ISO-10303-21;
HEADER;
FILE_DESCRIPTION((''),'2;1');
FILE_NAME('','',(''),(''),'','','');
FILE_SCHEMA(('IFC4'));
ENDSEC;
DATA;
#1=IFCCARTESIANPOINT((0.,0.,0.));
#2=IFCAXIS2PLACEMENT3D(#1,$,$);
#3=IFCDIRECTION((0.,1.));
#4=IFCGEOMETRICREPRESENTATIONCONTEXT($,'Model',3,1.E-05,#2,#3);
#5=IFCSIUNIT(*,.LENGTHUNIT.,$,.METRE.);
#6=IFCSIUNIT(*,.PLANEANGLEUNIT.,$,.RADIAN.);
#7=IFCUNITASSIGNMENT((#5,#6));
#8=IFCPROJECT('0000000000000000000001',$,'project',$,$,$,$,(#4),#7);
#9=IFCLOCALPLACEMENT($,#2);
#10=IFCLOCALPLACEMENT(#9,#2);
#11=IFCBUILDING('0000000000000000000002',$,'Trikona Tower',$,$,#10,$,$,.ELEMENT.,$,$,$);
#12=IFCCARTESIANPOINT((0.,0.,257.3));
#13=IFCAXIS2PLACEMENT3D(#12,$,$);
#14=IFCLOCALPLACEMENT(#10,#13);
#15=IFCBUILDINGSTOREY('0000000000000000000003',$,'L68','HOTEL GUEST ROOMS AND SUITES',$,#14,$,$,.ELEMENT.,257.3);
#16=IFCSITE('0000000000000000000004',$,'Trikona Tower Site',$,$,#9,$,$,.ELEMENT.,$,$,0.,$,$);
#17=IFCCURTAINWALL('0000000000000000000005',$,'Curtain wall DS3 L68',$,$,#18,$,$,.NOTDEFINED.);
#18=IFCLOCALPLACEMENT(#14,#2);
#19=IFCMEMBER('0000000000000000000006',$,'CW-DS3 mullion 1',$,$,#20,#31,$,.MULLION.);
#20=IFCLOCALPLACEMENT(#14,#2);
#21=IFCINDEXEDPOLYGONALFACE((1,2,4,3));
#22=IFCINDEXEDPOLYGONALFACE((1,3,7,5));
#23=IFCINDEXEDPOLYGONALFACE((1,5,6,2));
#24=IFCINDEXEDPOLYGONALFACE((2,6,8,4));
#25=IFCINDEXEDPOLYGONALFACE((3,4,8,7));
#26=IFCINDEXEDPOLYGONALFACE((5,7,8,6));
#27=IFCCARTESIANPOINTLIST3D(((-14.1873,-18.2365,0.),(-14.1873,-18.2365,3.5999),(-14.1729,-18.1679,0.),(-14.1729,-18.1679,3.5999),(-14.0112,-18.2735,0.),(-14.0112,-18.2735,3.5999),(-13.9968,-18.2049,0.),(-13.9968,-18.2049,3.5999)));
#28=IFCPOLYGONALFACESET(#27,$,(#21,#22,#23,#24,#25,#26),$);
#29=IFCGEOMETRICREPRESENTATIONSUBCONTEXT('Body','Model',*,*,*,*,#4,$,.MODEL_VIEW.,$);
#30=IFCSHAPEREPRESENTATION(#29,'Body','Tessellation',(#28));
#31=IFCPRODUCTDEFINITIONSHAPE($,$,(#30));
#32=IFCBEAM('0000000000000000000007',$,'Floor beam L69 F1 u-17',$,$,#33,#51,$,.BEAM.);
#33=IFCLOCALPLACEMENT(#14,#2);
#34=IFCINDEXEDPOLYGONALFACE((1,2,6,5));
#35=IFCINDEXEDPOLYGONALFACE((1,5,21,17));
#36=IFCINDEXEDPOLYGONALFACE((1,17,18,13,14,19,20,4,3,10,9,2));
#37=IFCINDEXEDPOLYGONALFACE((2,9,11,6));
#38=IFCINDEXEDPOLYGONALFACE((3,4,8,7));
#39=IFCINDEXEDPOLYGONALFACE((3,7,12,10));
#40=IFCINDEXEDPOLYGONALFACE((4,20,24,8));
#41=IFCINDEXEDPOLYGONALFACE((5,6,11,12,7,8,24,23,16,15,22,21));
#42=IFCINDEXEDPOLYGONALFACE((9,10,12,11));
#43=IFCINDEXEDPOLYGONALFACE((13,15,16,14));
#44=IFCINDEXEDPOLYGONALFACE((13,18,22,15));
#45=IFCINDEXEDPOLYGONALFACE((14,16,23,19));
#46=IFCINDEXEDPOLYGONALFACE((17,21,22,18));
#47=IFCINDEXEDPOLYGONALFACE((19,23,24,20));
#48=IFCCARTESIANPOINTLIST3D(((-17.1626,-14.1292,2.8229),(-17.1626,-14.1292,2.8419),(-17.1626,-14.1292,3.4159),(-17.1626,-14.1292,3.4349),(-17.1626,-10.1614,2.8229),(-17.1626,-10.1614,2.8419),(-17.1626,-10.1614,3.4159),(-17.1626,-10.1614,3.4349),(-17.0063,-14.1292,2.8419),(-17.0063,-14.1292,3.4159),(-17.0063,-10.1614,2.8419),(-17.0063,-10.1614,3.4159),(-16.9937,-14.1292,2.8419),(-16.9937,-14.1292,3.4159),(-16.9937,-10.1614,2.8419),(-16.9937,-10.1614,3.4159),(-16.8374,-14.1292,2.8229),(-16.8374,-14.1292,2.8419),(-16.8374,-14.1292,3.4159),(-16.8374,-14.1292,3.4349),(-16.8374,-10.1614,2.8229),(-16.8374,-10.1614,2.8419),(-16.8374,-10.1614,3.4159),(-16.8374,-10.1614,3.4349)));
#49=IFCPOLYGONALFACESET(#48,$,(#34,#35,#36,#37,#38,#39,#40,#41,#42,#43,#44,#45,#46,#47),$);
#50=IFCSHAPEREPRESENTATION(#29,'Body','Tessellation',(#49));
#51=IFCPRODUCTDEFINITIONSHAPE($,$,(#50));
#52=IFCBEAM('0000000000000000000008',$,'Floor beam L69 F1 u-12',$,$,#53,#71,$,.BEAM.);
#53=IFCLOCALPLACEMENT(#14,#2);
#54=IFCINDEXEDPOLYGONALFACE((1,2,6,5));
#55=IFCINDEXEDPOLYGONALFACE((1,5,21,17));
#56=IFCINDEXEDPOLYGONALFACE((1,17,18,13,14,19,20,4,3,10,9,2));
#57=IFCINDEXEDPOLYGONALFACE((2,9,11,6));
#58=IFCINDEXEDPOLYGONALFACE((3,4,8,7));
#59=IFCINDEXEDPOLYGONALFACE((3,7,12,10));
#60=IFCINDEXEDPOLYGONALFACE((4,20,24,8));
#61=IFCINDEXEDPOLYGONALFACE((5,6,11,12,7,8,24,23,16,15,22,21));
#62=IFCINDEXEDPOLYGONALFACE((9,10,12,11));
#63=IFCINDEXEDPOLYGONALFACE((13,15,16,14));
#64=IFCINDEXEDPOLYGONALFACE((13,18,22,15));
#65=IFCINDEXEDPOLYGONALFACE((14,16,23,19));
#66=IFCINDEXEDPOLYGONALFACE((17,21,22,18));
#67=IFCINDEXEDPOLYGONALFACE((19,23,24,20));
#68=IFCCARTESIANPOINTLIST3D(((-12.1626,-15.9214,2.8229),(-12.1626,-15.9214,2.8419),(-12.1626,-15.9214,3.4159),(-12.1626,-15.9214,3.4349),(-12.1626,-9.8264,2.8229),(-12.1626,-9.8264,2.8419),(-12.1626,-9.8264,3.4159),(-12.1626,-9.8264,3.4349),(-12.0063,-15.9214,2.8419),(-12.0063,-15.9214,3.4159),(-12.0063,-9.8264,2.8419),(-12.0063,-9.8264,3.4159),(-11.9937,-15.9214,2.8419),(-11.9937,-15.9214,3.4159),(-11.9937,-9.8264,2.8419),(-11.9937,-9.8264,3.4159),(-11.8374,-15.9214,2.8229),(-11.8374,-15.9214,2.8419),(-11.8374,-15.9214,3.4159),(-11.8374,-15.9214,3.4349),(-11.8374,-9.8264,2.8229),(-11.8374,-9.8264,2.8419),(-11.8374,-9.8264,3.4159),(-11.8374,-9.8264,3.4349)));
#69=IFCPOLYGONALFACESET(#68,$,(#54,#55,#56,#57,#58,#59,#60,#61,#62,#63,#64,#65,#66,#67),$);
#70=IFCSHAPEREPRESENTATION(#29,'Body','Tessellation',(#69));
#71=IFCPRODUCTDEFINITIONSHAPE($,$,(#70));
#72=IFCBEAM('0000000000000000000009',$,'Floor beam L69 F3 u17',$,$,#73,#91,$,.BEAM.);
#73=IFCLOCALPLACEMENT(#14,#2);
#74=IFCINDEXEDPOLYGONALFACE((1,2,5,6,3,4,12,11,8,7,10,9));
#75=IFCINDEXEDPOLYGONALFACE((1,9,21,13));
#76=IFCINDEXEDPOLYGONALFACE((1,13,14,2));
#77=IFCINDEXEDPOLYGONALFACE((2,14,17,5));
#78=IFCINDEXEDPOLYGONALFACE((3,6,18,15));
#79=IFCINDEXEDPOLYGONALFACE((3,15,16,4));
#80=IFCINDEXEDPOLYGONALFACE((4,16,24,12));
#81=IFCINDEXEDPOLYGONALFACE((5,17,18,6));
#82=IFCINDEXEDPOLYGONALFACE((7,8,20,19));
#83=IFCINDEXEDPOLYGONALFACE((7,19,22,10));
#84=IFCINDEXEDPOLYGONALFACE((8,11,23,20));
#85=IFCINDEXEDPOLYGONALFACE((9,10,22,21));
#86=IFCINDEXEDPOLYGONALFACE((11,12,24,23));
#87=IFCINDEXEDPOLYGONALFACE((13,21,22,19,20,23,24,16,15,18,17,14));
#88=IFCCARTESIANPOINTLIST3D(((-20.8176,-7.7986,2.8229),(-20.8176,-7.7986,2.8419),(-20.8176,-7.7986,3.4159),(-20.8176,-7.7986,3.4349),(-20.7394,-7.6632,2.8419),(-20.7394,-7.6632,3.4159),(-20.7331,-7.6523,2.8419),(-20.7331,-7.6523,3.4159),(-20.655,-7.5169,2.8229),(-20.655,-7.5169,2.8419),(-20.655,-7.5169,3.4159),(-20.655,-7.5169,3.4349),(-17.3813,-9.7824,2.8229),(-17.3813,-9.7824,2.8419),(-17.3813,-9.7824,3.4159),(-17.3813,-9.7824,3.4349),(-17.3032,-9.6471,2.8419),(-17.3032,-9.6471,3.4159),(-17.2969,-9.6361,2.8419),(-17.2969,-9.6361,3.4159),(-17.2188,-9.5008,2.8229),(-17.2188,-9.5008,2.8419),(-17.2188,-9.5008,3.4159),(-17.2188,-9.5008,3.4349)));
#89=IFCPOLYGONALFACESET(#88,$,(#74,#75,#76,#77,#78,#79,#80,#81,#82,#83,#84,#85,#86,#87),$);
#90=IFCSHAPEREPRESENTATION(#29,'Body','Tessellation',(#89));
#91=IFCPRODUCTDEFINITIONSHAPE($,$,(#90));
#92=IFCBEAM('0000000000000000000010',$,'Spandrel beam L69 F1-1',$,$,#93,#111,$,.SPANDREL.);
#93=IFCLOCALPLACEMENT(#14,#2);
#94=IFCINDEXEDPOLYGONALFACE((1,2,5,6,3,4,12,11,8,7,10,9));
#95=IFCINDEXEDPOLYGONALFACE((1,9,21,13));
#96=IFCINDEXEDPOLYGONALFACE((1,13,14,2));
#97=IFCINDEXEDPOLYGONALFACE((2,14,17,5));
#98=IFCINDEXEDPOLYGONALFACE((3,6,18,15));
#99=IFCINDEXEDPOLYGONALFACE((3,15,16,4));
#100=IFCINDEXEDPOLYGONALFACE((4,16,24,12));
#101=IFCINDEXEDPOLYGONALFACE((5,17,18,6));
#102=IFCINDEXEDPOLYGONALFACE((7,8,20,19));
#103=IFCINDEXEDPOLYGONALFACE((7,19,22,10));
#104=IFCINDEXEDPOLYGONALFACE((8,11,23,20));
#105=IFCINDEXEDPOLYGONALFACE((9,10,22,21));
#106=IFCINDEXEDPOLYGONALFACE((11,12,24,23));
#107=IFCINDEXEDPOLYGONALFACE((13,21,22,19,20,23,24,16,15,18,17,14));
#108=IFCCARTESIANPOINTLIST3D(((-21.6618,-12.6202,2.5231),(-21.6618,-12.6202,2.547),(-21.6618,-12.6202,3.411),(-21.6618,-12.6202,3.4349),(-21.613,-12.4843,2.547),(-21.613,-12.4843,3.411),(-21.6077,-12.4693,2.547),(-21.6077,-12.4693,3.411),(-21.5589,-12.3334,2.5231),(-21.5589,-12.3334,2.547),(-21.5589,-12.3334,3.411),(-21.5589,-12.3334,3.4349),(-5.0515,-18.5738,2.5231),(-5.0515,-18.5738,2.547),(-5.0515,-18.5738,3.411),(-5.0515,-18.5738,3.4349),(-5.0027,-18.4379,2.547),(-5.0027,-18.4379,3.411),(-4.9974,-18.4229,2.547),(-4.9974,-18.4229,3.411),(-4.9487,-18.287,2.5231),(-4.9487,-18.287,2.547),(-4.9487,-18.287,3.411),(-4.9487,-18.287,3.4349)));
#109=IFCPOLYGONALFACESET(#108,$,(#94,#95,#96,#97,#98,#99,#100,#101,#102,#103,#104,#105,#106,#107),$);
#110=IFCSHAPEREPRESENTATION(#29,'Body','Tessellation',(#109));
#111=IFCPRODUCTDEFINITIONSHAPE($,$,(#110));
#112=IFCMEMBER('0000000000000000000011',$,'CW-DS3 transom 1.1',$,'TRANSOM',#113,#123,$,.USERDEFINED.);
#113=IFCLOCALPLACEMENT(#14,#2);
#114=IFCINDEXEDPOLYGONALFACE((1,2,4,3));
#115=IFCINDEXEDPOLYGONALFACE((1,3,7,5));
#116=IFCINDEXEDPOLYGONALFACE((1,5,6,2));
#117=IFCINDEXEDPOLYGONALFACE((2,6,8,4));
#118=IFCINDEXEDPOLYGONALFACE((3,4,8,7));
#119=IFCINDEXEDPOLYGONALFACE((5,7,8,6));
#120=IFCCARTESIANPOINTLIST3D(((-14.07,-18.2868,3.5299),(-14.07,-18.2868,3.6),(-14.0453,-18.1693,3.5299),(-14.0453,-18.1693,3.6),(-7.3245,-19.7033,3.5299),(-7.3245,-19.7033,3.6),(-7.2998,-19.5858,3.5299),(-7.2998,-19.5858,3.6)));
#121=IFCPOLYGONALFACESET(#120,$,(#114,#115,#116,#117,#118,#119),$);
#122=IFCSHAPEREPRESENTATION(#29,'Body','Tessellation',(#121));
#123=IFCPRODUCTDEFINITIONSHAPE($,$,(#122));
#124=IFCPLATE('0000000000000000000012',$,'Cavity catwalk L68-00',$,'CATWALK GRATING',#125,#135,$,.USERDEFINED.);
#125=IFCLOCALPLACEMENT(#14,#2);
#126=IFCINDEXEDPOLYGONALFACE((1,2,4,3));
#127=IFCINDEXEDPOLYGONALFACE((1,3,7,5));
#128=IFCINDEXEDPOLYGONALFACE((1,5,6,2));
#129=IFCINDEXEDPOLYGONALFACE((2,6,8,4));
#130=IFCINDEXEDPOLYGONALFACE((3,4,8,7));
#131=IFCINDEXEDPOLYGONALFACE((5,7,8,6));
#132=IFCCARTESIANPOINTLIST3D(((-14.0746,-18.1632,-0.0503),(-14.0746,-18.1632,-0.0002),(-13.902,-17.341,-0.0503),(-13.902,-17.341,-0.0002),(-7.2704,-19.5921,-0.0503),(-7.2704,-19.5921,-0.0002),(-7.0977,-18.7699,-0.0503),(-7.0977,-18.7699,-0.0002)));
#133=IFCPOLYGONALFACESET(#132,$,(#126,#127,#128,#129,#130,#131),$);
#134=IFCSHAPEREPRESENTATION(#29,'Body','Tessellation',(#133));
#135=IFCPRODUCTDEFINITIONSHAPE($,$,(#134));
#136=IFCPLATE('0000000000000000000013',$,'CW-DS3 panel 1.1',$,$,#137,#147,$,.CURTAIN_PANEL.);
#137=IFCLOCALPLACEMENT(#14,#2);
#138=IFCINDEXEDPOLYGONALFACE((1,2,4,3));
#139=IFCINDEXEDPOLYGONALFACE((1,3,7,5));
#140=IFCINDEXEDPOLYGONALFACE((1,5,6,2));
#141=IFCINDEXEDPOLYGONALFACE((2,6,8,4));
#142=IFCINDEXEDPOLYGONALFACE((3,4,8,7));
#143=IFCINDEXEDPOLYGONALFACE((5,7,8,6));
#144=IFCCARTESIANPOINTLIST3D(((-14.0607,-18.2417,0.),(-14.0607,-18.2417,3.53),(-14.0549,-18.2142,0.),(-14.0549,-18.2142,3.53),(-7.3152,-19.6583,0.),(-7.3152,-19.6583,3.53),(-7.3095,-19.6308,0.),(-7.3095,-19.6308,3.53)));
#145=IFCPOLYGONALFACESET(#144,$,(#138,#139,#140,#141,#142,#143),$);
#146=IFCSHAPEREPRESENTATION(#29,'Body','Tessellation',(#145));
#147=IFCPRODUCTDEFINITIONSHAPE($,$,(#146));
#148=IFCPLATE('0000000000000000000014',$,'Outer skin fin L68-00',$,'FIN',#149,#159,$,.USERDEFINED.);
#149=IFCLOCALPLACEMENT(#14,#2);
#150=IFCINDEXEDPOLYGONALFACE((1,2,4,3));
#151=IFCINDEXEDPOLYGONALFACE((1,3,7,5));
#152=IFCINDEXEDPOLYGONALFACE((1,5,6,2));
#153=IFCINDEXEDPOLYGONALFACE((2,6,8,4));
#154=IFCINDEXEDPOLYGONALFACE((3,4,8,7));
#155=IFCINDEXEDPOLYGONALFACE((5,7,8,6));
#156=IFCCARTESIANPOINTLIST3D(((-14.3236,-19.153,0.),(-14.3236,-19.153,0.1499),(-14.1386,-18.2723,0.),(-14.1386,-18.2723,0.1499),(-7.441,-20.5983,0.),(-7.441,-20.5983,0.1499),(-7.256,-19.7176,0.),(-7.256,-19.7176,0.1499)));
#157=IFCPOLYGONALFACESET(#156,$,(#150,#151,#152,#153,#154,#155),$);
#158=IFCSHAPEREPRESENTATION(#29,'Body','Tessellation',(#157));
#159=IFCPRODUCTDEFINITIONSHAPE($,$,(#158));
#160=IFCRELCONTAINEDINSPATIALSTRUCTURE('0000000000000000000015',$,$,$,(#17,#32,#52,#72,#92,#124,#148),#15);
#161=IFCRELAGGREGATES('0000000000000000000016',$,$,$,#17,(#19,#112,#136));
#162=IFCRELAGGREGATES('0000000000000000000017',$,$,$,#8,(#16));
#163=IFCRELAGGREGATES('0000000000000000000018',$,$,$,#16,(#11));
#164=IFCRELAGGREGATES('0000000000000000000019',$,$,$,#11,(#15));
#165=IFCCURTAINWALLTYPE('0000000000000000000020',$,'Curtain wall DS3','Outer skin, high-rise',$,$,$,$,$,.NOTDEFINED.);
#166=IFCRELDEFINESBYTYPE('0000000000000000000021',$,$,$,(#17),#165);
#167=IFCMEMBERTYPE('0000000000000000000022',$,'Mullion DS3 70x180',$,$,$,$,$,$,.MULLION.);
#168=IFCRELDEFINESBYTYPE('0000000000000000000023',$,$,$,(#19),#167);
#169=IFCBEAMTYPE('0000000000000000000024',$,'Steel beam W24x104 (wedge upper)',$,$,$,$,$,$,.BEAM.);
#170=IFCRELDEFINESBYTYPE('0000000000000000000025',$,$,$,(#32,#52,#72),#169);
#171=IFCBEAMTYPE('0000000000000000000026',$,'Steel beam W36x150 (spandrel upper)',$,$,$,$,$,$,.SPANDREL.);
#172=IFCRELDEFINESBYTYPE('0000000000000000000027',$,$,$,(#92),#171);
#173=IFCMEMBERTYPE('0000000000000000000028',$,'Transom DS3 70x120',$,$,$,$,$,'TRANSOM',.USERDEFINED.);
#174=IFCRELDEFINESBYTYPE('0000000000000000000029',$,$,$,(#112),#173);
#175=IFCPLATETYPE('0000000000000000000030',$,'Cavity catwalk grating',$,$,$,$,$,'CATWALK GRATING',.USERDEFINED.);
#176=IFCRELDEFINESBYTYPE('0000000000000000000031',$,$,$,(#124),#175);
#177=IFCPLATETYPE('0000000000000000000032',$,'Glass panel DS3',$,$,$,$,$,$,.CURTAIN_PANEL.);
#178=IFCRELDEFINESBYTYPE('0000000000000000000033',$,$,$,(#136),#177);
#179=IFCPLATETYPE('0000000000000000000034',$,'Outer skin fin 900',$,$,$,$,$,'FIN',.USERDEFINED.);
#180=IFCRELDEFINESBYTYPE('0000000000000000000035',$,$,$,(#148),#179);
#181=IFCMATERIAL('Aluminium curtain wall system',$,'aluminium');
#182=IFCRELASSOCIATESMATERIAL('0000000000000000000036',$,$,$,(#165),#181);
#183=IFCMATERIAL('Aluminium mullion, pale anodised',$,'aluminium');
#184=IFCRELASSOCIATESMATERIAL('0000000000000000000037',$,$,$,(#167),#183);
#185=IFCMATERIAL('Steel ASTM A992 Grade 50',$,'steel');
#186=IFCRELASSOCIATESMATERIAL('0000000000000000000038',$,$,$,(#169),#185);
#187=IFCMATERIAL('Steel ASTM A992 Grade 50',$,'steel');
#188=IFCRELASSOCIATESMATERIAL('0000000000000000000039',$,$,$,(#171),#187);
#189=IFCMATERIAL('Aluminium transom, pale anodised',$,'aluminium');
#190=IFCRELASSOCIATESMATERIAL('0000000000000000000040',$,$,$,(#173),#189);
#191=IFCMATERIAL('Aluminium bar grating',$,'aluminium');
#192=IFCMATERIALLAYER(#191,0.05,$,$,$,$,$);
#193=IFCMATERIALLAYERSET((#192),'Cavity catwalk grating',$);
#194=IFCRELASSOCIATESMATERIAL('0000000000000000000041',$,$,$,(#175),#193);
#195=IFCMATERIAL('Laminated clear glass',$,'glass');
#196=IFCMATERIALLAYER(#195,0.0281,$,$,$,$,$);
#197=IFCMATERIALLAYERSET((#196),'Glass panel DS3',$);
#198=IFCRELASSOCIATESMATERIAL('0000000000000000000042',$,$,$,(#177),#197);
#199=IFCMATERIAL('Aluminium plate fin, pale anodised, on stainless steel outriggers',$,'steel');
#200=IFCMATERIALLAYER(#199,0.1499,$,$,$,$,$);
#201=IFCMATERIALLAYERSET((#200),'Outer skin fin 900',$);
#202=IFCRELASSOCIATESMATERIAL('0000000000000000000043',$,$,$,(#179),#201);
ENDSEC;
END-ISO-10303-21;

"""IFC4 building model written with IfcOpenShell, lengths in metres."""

from ifc_helpers import new_model, si_unit, direction, frame, origin, origin_2d, place, context, subcontext, project, spatial, rectangle, i_section, extrude, material, layer, layer_set, material_profile, profile_set, type_object, element, aggregate, save


model = new_model("IFC4")

# Units and contexts
model_context = context("Model", 3, precision=1e-05, world=origin(), true_north=direction((0.0, 1.0)))
body_context = subcontext(model_context, "Body", "Model", "MODEL_VIEW")
ifc_project = project(units=[si_unit("LENGTHUNIT", "METRE"), si_unit("PLANEANGLEUNIT", "RADIAN")], contexts=[model_context])

# Site, building, storey
site_placement = place(None, origin())
site = spatial("IfcSite", under=ifc_project, at=site_placement, Name="Trikona Tower Site", CompositionType="ELEMENT", RefElevation=0.0)
building_placement = place(site_placement, origin())
building = spatial("IfcBuilding", under=site, at=building_placement, Name="Trikona Tower", CompositionType="ELEMENT")
storey_placement = place(building_placement, frame((0.0, 0.0, 257.3)))
storey = spatial("IfcBuildingStorey", under=building, at=storey_placement, Name="L68", Description="HOTEL GUEST ROOMS AND SUITES", CompositionType="ELEMENT", Elevation=257.3)

# Curtain wall, member
ifc_material_1 = material(Name="Aluminium curtain wall system", Category="aluminium")
curtain_wall_type = type_object("IfcCurtainWallType", Name="Curtain wall DS3", Description="Outer skin, high-rise", PredefinedType="NOTDEFINED", material=ifc_material_1)
curtain_wall_placement = place(storey_placement, origin())
curtain_wall = element("IfcCurtainWall", 1, at=curtain_wall_placement, inside=storey, type_object=curtain_wall_type, Name="Curtain wall DS3 L68", PredefinedType="NOTDEFINED")
ifc_material_2 = material(Name="Aluminium mullion, pale anodised", Category="aluminium")
ifc_material_profile_1 = material_profile(ifc_material_2, rectangle(XDim=0.0701, YDim=0.1799, at=origin_2d()), Name="MUL-DS3")
ifc_profile_set_1 = profile_set([ifc_material_profile_1], Name="Aluminium mullion, pale anodised")
member_type_1 = type_object("IfcMemberType", Name="Mullion DS3 70x180", PredefinedType="MULLION", material=ifc_profile_set_1)
member_1_placement = place(storey_placement, frame((-14.092, -18.2207, 0.0), z_axis=(0.0, 0.0, 1.0), x_axis=(0.205527, 0.978651, 0.0)))
member_1 = element("IfcMember", 2, at=member_1_placement, type_object=member_type_1, Name="CW-DS3 mullion 1", PredefinedType="MULLION", context=body_context, shape_type="SweptSolid", body=[
    extrude(rectangle(XDim=0.0701, YDim=0.1799, at=origin_2d()), origin(), (0.0, 0.0, 1.0), 3.5999),
])

# Beams
ifc_material_3 = material(Name="Steel ASTM A992 Grade 50", Category="steel")
ifc_material_profile_2 = material_profile(ifc_material_3, i_section(OverallWidth=0.3252, OverallDepth=0.6121, WebThickness=0.0127, FlangeThickness=0.019, at=origin_2d()), Name="W24X104")
ifc_profile_set_2 = profile_set([ifc_material_profile_2], Name="Steel ASTM A992 Grade 50")
beam_type_1 = type_object("IfcBeamType", Name="Steel beam W24x104 (wedge upper)", PredefinedType="BEAM", material=ifc_profile_set_2)
beam_1_placement = place(storey_placement, frame((-17.0, -10.1614, 3.1289), z_axis=(0.0, -1.0, 0.0), x_axis=(1.0, 0.0, 0.0)))
element("IfcBeam", 3, at=beam_1_placement, inside=storey, type_object=beam_type_1, Name="Floor beam L69 F1 u-17", PredefinedType="BEAM", context=body_context, shape_type="SweptSolid", body=[
    extrude(i_section(OverallWidth=0.3252, OverallDepth=0.6121, WebThickness=0.0127, FlangeThickness=0.019, at=origin_2d()), origin(), (0.0, 0.0, 1.0), 3.9678),
])
beam_2_placement = place(storey_placement, frame((-12.0, -9.8264, 3.1289), z_axis=(0.0, -1.0, 0.0), x_axis=(1.0, 0.0, 0.0)))
element("IfcBeam", 4, at=beam_2_placement, inside=storey, type_object=beam_type_1, Name="Floor beam L69 F1 u-12", PredefinedType="BEAM", context=body_context, shape_type="SweptSolid", body=[
    extrude(i_section(OverallWidth=0.3252, OverallDepth=0.6121, WebThickness=0.0127, FlangeThickness=0.019, at=origin_2d()), origin(), (0.0, 0.0, 1.0), 6.095),
])
beam_3_placement = place(storey_placement, frame((-17.3, -9.6416, 3.1289), z_axis=(-0.866031, 0.499991, 0.0), x_axis=(-0.499991, -0.866031, 0.0)))
element("IfcBeam", 5, at=beam_3_placement, inside=storey, type_object=beam_type_1, Name="Floor beam L69 F3 u17", PredefinedType="BEAM", context=body_context, shape_type="SweptSolid", body=[
    extrude(i_section(OverallWidth=0.3252, OverallDepth=0.6121, WebThickness=0.0127, FlangeThickness=0.019, at=origin_2d()), origin(), (0.0, 0.0, 1.0), 3.9678),
])
ifc_material_4 = material(Name="Steel ASTM A992 Grade 50", Category="steel")
ifc_material_profile_3 = material_profile(ifc_material_4, i_section(OverallWidth=0.3047, OverallDepth=0.9119, WebThickness=0.0159, FlangeThickness=0.0239, at=origin_2d()), Name="W36X150")
ifc_profile_set_3 = profile_set([ifc_material_profile_3], Name="Steel ASTM A992 Grade 50")
beam_type_2 = type_object("IfcBeamType", Name="Steel beam W36x150 (spandrel upper)", PredefinedType="SPANDREL", material=ifc_profile_set_3)
beam_4_placement = place(storey_placement, frame((-21.6104, -12.4768, 2.979), z_axis=(0.941358, -0.337409, 0.0), x_axis=(0.337409, 0.941358, 0.0)))
element("IfcBeam", 6, at=beam_4_placement, inside=storey, type_object=beam_type_2, Name="Spandrel beam L69 F1-1", PredefinedType="SPANDREL", context=body_context, shape_type="SweptSolid", body=[
    extrude(i_section(OverallWidth=0.3047, OverallDepth=0.9119, WebThickness=0.0159, FlangeThickness=0.0239, at=origin_2d()), origin(), (0.0, 0.0, 1.0), 17.645),
])

# Member
ifc_material_5 = material(Name="Aluminium transom, pale anodised", Category="aluminium")
ifc_material_profile_4 = material_profile(ifc_material_5, rectangle(XDim=0.1201, YDim=0.0701, at=origin_2d()), Name="TRN-DS3")
ifc_profile_set_4 = profile_set([ifc_material_profile_4], Name="Aluminium transom, pale anodised")
member_type_2 = type_object("IfcMemberType", Name="Transom DS3 70x120", ElementType="TRANSOM", PredefinedType="USERDEFINED", material=ifc_profile_set_4)
member_2_placement = place(storey_placement, frame((-14.0576, -18.228, 3.5649), z_axis=(0.978654, -0.205514, 0.0), x_axis=(0.205514, 0.978654, 0.0)))
member_2 = element("IfcMember", 7, at=member_2_placement, type_object=member_type_2, Name="CW-DS3 transom 1.1", ObjectType="TRANSOM", PredefinedType="USERDEFINED", context=body_context, shape_type="SweptSolid", body=[
    extrude(rectangle(XDim=0.1201, YDim=0.0701, at=origin_2d()), origin(), (0.0, 0.0, 1.0), 6.8926),
])

# Plates
ifc_material_6 = material(Name="Aluminium bar grating", Category="aluminium")
ifc_layer_1 = layer(ifc_material_6, 0.05)
ifc_layer_set_1 = layer_set([ifc_layer_1], Name="Cavity catwalk grating")
plate_type_1 = type_object("IfcPlateType", Name="Cavity catwalk grating", ElementType="CATWALK GRATING", PredefinedType="USERDEFINED", material=ifc_layer_set_1)
plate_1_placement = place(storey_placement, frame((-10.5862, -18.4666, -0.0503), z_axis=(0.0, 0.0, 1.0), x_axis=(0.978653, -0.205518, 0.0)))
element("IfcPlate", 8, at=plate_1_placement, inside=storey, type_object=plate_type_1, Name="Cavity catwalk L68-00", ObjectType="CATWALK GRATING", PredefinedType="USERDEFINED", context=body_context, shape_type="SweptSolid", body=[
    extrude(rectangle(XDim=6.9526, YDim=0.8401, at=origin_2d()), origin(), (0.0, 0.0, 1.0), 0.05),
])
ifc_material_7 = material(Name="Laminated clear glass", Category="glass")
ifc_layer_2 = layer(ifc_material_7, 0.0281)
ifc_layer_set_2 = layer_set([ifc_layer_2], Name="Glass panel DS3")
plate_type_2 = type_object("IfcPlateType", Name="Glass panel DS3", PredefinedType="CURTAIN_PANEL", material=ifc_layer_set_2)
plate_2_placement = place(storey_placement, frame((-10.6851, -18.9363, 0.0), z_axis=(0.0, 0.0, 1.0), x_axis=(0.978651, -0.205527, 0.0)))
plate_2 = element("IfcPlate", 9, at=plate_2_placement, type_object=plate_type_2, Name="CW-DS3 panel 1.1", PredefinedType="CURTAIN_PANEL", context=body_context, shape_type="SweptSolid", body=[
    extrude(rectangle(XDim=6.8926, YDim=0.0281, at=origin_2d()), origin(), (0.0, 0.0, 1.0), 3.53),
])
aggregate(curtain_wall, [member_1, member_2, plate_2])
ifc_material_8 = material(Name="Aluminium plate fin, pale anodised, on stainless steel outriggers", Category="steel")
ifc_layer_3 = layer(ifc_material_8, 0.1499)
ifc_layer_set_3 = layer_set([ifc_layer_3], Name="Outer skin fin 900")
plate_type_3 = type_object("IfcPlateType", Name="Outer skin fin 900", ElementType="FIN", PredefinedType="USERDEFINED", material=ifc_layer_set_3)
plate_3_placement = place(storey_placement, frame((-10.7898, -19.4353, 0.0), z_axis=(0.0, 0.0, 1.0), x_axis=(0.978653, -0.205518, 0.0)))
element("IfcPlate", 10, at=plate_3_placement, inside=storey, type_object=plate_type_3, Name="Outer skin fin L68-00", ObjectType="FIN", PredefinedType="USERDEFINED", context=body_context, shape_type="SweptSolid", body=[
    extrude(rectangle(XDim=7.0327, YDim=0.8999, at=origin_2d()), origin(), (0.0, 0.0, 1.0), 0.1499),
])

save(model, "model.ifc")
